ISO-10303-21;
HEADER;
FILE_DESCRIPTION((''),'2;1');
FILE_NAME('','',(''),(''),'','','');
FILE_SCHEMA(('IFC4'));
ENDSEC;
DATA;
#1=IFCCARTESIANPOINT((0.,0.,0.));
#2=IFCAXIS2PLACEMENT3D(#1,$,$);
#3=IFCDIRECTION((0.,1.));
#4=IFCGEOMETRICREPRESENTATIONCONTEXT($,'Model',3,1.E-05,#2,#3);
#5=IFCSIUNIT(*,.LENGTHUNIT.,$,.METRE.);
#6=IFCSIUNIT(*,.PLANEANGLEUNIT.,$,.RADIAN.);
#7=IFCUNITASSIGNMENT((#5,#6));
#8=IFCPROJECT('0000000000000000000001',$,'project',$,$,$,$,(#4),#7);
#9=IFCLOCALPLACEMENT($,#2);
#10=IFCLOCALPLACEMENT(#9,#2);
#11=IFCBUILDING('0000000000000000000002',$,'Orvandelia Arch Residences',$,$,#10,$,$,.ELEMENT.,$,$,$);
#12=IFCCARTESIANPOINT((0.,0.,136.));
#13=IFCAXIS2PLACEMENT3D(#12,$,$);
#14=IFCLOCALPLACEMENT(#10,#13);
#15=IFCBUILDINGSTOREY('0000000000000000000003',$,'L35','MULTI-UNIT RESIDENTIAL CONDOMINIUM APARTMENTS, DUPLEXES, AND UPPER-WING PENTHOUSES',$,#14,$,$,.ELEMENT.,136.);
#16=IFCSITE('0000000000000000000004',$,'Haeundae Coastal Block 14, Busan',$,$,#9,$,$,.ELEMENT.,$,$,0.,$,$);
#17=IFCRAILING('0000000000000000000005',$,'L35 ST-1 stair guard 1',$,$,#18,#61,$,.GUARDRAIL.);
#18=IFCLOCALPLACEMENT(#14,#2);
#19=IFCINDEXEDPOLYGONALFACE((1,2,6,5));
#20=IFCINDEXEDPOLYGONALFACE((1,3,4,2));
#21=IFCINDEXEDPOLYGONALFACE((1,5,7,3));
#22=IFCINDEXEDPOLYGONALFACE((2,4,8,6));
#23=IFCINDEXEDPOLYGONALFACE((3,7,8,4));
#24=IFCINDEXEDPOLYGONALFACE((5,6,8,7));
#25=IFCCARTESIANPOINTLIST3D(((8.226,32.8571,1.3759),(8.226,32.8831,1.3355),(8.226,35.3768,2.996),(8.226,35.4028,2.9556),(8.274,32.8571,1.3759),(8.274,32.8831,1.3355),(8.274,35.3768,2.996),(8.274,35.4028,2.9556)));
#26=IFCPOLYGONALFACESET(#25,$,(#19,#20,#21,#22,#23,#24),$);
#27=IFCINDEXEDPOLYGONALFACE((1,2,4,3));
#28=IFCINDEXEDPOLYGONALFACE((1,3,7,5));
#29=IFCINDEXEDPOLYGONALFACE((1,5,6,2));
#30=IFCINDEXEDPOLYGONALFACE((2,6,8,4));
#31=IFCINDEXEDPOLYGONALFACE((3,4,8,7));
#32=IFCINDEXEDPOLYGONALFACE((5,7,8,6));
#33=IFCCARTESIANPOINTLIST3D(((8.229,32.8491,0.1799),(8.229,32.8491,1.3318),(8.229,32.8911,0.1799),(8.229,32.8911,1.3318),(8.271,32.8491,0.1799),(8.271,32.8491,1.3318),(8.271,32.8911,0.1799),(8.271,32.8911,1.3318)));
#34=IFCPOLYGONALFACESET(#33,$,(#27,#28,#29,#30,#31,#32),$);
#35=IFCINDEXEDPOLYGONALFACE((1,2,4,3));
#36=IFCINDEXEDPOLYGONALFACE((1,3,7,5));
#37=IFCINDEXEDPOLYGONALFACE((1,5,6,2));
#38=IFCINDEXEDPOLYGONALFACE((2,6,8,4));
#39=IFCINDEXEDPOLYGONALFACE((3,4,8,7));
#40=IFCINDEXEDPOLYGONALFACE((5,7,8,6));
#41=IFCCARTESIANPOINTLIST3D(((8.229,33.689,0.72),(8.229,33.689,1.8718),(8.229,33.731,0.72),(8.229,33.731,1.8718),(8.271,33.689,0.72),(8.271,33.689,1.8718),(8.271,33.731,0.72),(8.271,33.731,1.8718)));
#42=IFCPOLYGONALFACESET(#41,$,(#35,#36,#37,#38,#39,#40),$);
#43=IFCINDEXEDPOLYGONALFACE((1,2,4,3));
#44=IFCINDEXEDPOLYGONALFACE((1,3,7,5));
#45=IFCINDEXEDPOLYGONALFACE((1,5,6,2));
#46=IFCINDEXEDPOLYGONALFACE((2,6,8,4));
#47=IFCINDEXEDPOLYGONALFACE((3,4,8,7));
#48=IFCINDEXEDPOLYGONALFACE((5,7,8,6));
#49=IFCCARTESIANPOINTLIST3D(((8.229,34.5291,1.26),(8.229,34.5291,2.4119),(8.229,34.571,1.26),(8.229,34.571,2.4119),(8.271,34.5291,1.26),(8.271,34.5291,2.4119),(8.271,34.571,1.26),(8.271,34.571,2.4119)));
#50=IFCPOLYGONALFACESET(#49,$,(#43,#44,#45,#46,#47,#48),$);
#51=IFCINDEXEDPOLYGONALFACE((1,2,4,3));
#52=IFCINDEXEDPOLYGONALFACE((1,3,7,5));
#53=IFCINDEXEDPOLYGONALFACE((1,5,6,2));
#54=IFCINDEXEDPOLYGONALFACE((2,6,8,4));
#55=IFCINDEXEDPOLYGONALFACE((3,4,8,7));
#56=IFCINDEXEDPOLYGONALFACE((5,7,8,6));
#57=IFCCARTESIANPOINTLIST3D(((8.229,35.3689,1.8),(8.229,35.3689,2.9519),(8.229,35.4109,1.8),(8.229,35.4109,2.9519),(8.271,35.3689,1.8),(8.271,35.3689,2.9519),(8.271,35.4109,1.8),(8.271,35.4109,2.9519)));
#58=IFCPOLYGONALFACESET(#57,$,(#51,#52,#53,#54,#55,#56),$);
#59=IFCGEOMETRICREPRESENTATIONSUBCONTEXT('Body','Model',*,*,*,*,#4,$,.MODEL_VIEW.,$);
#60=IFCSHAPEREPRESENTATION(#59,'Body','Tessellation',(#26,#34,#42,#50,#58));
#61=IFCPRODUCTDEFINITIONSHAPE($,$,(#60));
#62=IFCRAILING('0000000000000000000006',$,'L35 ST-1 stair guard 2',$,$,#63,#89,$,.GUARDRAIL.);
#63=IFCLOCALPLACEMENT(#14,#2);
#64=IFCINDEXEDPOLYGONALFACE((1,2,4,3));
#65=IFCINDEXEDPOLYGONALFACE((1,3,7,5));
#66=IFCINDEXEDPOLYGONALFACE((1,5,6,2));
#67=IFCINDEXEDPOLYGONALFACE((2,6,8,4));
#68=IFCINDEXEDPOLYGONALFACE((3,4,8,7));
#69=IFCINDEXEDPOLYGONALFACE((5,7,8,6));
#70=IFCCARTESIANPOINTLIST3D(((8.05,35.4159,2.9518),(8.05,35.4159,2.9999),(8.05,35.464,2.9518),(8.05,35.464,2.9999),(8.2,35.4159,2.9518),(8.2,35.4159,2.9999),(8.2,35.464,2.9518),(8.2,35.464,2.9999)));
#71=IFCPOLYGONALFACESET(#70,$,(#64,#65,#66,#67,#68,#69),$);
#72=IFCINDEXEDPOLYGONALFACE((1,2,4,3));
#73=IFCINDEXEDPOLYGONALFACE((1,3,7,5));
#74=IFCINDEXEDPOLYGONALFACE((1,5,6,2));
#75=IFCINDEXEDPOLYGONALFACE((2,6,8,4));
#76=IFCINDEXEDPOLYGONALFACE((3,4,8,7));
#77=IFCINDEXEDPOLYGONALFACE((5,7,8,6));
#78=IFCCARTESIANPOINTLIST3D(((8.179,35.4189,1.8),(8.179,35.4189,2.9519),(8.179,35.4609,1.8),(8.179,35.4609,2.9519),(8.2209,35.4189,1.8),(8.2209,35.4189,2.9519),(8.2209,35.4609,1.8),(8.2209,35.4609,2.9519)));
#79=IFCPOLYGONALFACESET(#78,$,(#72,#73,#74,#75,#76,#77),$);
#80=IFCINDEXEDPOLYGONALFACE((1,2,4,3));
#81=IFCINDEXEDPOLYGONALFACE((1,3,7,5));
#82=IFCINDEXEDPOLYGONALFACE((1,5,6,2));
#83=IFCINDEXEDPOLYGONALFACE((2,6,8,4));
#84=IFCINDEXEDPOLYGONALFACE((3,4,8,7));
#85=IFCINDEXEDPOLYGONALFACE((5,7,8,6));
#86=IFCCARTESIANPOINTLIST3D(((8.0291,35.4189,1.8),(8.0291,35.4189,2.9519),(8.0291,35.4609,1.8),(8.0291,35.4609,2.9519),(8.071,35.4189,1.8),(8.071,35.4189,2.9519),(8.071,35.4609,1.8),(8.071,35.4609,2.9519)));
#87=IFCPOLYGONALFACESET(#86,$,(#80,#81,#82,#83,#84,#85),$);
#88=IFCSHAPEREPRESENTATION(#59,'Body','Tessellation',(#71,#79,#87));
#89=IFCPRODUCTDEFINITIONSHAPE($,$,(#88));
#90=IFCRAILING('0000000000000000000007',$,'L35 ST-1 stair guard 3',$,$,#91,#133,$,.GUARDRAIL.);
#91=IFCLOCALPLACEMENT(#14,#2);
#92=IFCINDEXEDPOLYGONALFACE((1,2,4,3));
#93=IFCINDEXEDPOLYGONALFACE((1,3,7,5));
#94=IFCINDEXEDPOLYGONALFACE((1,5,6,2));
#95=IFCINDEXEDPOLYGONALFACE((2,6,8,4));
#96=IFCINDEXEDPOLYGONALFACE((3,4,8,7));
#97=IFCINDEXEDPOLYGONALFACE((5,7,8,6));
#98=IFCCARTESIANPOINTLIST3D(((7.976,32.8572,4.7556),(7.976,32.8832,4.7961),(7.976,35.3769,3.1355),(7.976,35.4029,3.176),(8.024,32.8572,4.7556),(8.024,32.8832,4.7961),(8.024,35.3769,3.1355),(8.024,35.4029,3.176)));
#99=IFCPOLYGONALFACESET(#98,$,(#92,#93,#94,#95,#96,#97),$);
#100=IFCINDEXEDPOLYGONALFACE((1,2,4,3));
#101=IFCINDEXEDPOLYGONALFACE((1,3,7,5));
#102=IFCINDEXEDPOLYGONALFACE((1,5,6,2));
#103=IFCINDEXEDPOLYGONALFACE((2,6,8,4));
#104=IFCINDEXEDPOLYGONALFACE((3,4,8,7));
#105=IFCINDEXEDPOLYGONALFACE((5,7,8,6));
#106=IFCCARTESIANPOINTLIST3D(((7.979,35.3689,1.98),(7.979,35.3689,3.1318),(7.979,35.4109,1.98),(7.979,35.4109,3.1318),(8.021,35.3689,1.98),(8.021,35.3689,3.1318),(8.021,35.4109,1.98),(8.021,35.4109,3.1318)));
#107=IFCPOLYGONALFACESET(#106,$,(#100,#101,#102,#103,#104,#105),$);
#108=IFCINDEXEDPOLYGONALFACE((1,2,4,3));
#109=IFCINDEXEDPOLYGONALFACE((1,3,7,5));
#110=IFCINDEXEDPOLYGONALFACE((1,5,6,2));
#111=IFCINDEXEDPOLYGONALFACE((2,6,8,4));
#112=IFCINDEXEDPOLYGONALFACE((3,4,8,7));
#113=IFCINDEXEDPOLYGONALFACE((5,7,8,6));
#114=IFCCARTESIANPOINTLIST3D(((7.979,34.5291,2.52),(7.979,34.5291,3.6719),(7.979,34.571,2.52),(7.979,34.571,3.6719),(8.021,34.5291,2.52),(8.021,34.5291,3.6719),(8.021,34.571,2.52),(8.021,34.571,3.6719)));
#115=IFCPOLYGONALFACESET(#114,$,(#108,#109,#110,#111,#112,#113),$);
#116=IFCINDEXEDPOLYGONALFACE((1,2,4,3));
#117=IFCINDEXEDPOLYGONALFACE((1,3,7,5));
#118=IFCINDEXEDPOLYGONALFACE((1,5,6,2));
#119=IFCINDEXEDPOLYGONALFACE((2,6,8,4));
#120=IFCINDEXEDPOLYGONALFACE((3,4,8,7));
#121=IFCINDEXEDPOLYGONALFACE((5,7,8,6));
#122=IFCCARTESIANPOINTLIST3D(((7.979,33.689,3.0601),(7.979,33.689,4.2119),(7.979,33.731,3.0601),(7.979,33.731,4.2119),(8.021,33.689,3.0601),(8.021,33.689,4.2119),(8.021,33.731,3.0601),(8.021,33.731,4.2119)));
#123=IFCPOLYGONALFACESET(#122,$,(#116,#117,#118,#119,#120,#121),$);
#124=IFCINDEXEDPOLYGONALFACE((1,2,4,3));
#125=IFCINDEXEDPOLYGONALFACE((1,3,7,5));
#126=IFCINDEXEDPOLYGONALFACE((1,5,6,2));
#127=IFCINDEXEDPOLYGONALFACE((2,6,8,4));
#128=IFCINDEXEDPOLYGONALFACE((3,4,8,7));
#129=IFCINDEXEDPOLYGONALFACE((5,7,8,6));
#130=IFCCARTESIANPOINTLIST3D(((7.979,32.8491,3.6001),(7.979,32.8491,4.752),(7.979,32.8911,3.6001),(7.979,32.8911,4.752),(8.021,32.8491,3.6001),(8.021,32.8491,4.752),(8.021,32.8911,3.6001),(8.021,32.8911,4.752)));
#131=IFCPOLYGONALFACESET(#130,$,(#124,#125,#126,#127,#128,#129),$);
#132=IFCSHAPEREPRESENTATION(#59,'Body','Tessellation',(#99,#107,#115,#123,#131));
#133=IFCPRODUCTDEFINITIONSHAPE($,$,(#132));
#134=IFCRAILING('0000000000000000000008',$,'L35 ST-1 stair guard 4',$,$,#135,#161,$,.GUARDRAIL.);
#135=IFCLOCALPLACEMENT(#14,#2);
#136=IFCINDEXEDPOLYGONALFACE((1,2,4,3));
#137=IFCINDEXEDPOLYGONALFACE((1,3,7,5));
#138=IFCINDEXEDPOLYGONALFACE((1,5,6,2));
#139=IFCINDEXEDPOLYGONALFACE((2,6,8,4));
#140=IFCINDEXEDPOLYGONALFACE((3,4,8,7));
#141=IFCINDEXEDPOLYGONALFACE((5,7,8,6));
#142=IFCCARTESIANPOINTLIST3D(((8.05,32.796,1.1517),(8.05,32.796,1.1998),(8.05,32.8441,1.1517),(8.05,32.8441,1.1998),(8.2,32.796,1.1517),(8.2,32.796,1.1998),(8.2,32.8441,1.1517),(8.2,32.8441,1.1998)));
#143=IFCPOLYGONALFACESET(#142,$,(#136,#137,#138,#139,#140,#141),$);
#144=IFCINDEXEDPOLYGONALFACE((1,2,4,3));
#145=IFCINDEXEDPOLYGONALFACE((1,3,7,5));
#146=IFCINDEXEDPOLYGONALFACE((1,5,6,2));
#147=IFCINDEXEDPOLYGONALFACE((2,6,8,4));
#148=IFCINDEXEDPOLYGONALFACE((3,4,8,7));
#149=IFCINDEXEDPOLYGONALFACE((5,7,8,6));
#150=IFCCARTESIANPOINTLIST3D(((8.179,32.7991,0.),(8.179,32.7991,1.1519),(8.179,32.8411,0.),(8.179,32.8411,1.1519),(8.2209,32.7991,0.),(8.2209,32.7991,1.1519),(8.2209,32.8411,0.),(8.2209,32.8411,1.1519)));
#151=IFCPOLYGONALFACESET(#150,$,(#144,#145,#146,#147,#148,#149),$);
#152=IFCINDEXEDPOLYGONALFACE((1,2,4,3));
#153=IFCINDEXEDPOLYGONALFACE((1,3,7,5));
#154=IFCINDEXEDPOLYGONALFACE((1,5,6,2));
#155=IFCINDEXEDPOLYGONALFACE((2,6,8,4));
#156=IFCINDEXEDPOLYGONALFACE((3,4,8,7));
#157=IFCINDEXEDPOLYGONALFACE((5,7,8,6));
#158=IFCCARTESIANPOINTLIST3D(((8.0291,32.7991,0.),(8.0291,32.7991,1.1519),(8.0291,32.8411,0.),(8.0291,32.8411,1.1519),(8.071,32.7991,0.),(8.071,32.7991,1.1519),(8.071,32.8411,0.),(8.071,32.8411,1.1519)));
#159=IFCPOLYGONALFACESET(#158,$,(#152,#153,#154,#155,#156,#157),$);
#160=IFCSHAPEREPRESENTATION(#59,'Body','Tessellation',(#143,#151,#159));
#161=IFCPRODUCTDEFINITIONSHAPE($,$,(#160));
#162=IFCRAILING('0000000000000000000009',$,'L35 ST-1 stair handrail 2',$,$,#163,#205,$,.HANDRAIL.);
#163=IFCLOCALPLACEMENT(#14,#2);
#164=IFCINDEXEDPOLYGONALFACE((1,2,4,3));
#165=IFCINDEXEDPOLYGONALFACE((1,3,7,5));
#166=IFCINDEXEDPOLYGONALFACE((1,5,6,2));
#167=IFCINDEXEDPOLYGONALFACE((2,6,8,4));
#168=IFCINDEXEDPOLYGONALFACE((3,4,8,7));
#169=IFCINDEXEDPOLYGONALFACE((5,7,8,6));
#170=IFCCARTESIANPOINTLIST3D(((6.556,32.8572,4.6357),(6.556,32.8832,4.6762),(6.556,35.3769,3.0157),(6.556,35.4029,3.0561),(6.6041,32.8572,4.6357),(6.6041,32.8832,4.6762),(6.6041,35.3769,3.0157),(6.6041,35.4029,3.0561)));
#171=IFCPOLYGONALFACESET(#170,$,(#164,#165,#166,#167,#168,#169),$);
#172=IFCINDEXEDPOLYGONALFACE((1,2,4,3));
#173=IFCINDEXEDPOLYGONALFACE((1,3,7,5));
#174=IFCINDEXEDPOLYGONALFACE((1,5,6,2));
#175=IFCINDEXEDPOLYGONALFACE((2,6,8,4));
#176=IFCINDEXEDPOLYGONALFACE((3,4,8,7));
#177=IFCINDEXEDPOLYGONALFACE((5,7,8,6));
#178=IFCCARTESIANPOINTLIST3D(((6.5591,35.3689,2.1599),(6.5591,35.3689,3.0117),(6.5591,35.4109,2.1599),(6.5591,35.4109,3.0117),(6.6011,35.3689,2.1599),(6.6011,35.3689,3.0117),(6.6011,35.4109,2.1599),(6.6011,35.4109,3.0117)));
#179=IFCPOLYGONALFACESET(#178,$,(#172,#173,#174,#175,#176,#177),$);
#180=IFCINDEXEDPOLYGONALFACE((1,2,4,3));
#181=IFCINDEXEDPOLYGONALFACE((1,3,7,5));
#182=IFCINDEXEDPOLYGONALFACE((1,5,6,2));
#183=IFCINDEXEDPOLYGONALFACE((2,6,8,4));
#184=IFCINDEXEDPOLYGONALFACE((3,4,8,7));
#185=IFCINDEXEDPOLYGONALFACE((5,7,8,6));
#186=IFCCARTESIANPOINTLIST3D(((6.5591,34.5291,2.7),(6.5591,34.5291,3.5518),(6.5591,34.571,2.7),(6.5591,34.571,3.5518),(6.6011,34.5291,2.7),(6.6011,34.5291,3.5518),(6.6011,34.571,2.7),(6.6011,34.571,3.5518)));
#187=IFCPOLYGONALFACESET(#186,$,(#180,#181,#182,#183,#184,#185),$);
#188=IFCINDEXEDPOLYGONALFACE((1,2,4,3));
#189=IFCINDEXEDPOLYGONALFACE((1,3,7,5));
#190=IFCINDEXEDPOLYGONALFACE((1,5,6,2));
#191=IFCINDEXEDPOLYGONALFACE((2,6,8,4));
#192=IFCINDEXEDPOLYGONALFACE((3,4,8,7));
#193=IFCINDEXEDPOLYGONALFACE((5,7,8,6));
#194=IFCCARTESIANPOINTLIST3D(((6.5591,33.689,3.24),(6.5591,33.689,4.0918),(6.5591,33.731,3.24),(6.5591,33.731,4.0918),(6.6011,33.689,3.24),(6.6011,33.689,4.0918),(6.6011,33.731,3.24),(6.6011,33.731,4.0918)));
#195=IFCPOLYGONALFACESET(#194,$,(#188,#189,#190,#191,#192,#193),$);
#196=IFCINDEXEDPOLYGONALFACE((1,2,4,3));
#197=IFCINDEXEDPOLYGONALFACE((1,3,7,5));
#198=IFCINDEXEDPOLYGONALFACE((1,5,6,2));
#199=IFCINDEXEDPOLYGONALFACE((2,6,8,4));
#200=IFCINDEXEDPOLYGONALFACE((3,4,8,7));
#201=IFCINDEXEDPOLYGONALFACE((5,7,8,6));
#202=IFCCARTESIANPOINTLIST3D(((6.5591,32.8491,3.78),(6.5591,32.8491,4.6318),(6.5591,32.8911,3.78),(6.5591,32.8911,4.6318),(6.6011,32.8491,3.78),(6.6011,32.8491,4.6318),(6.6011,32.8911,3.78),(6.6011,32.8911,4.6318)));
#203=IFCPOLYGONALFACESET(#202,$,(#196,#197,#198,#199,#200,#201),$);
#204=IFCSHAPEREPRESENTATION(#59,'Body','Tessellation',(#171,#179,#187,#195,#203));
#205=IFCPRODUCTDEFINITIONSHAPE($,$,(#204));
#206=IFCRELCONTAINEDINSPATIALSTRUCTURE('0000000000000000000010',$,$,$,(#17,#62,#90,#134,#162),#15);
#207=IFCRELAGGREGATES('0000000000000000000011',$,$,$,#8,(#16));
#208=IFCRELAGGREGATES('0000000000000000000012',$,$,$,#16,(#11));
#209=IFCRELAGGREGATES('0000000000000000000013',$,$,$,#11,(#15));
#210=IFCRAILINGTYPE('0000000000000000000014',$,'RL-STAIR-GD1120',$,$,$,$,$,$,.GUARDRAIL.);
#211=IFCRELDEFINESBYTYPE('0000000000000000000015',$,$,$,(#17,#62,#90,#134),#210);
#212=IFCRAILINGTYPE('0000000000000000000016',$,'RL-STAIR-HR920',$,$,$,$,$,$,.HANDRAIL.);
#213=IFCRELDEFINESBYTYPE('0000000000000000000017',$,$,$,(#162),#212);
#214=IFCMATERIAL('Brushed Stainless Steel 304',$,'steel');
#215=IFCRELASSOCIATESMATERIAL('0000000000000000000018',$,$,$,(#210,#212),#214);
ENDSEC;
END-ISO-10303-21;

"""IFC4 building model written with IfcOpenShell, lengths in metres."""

from ifc_helpers import new_model, si_unit, direction, frame, origin, origin_2d, place, context, subcontext, project, spatial, rectangle, extrude, material, type_object, element, save


model = new_model("IFC4")

# Units and contexts
model_context = context("Model", 3, precision=1e-05, world=origin(), true_north=direction((0.0, 1.0)))
body_context = subcontext(model_context, "Body", "Model", "MODEL_VIEW")
ifc_project = project(units=[si_unit("LENGTHUNIT", "METRE"), si_unit("PLANEANGLEUNIT", "RADIAN")], contexts=[model_context])

# Site, building, storey
site_placement = place(None, origin())
site = spatial("IfcSite", under=ifc_project, at=site_placement, Name="Haeundae Coastal Block 14, Busan", CompositionType="ELEMENT", RefElevation=0.0)
building_placement = place(site_placement, origin())
building = spatial("IfcBuilding", under=site, at=building_placement, Name="Orvandelia Arch Residences", CompositionType="ELEMENT")
storey_placement = place(building_placement, frame((0.0, 0.0, 136.0)))
storey = spatial("IfcBuildingStorey", under=building, at=storey_placement, Name="L35", Description="MULTI-UNIT RESIDENTIAL CONDOMINIUM APARTMENTS, DUPLEXES, AND UPPER-WING PENTHOUSES", CompositionType="ELEMENT", Elevation=136.0)

# Railings
ifc_material_1 = material(Name="Brushed Stainless Steel 304", Category="steel")
railing_type_1 = type_object("IfcRailingType", Name="RL-STAIR-GD1120", PredefinedType="GUARDRAIL", material=ifc_material_1)
railing_1_placement = place(storey_placement, frame((8.25, 32.8701, 0.1799)))
element("IfcRailing", 1, at=railing_1_placement, inside=storey, type_object=railing_type_1, Name="L35 ST-1 stair guard 1", PredefinedType="GUARDRAIL", context=body_context, shape_type="SweptSolid", body=[
    extrude(rectangle(XDim=0.0481, YDim=0.0481, at=origin_2d()), frame((0.0, 0.0, 1.1758), z_axis=(0.0, 0.841139, 0.540819), x_axis=(-1.0, 0.0, 0.0)), (0.0, 0.0, 1.0), 2.9956),
    extrude(rectangle(XDim=0.042, YDim=0.042, at=origin_2d()), origin(), (0.0, 0.0, 1.0), 1.1519),
    extrude(rectangle(XDim=0.042, YDim=0.042, at=origin_2d()), frame((0.0, 0.8398, 0.54)), (0.0, 0.0, 1.0), 1.1519),
    extrude(rectangle(XDim=0.042, YDim=0.042, at=origin_2d()), frame((0.0, 1.6799, 1.0801)), (0.0, 0.0, 1.0), 1.1519),
    extrude(rectangle(XDim=0.042, YDim=0.042, at=origin_2d()), frame((0.0, 2.5198, 1.6201)), (0.0, 0.0, 1.0), 1.1519),
])
railing_2_placement = place(storey_placement, frame((8.2, 35.4399, 1.8)))
element("IfcRailing", 2, at=railing_2_placement, inside=storey, type_object=railing_type_1, Name="L35 ST-1 stair guard 2", PredefinedType="GUARDRAIL", context=body_context, shape_type="SweptSolid", body=[
    extrude(rectangle(XDim=0.0481, YDim=0.0481, at=origin_2d()), frame((0.0, 0.0, 1.1758), z_axis=(-1.0, 0.0, 0.0), x_axis=(0.0, -1.0, 0.0)), (0.0, 0.0, 1.0), 0.1499),
    extrude(rectangle(XDim=0.042, YDim=0.042, at=origin_2d()), origin(), (0.0, 0.0, 1.0), 1.1519),
    extrude(rectangle(XDim=0.042, YDim=0.042, at=origin_2d()), frame((-0.1499, 0.0, 0.0)), (0.0, 0.0, 1.0), 1.1519),
])
railing_3_placement = place(storey_placement, frame((8.0, 35.3899, 1.98)))
element("IfcRailing", 3, at=railing_3_placement, inside=storey, type_object=railing_type_1, Name="L35 ST-1 stair guard 3", PredefinedType="GUARDRAIL", context=body_context, shape_type="SweptSolid", body=[
    extrude(rectangle(XDim=0.0481, YDim=0.0481, at=origin_2d()), frame((0.0, 0.0, 1.1758), z_axis=(0.0, -0.841139, 0.540819), x_axis=(1.0, 0.0, 0.0)), (0.0, 0.0, 1.0), 2.9956),
    extrude(rectangle(XDim=0.042, YDim=0.042, at=origin_2d()), origin(), (0.0, 0.0, 1.0), 1.1519),
    extrude(rectangle(XDim=0.042, YDim=0.042, at=origin_2d()), frame((0.0, -0.8398, 0.54)), (0.0, 0.0, 1.0), 1.1519),
    extrude(rectangle(XDim=0.042, YDim=0.042, at=origin_2d()), frame((0.0, -1.6799, 1.0801)), (0.0, 0.0, 1.0), 1.1519),
    extrude(rectangle(XDim=0.042, YDim=0.042, at=origin_2d()), frame((0.0, -2.5198, 1.6201)), (0.0, 0.0, 1.0), 1.1519),
])
railing_4_placement = place(storey_placement, frame((8.2, 32.8201, 0.0)))
element("IfcRailing", 4, at=railing_4_placement, inside=storey, type_object=railing_type_1, Name="L35 ST-1 stair guard 4", PredefinedType="GUARDRAIL", context=body_context, shape_type="SweptSolid", body=[
    extrude(rectangle(XDim=0.0481, YDim=0.0481, at=origin_2d()), frame((0.0, 0.0, 1.1758), z_axis=(-1.0, 0.0, 0.0), x_axis=(0.0, -1.0, 0.0)), (0.0, 0.0, 1.0), 0.1499),
    extrude(rectangle(XDim=0.042, YDim=0.042, at=origin_2d()), origin(), (0.0, 0.0, 1.0), 1.1519),
    extrude(rectangle(XDim=0.042, YDim=0.042, at=origin_2d()), frame((-0.1499, 0.0, 0.0)), (0.0, 0.0, 1.0), 1.1519),
])
railing_type_2 = type_object("IfcRailingType", Name="RL-STAIR-HR920", PredefinedType="HANDRAIL", material=ifc_material_1)
railing_5_placement = place(storey_placement, frame((6.5801, 35.3899, 2.1599)))
element("IfcRailing", 5, at=railing_5_placement, inside=storey, type_object=railing_type_2, Name="L35 ST-1 stair handrail 2", PredefinedType="HANDRAIL", context=body_context, shape_type="SweptSolid", body=[
    extrude(rectangle(XDim=0.0481, YDim=0.0481, at=origin_2d()), frame((0.0, 0.0, 0.876), z_axis=(0.0, -0.841139, 0.540819), x_axis=(1.0, 0.0, 0.0)), (0.0, 0.0, 1.0), 2.9956),
    extrude(rectangle(XDim=0.042, YDim=0.042, at=origin_2d()), origin(), (0.0, 0.0, 1.0), 0.8518),
    extrude(rectangle(XDim=0.042, YDim=0.042, at=origin_2d()), frame((0.0, -0.8398, 0.54)), (0.0, 0.0, 1.0), 0.8518),
    extrude(rectangle(XDim=0.042, YDim=0.042, at=origin_2d()), frame((0.0, -1.6799, 1.0801)), (0.0, 0.0, 1.0), 0.8518),
    extrude(rectangle(XDim=0.042, YDim=0.042, at=origin_2d()), frame((0.0, -2.5198, 1.6201)), (0.0, 0.0, 1.0), 0.8518),
])

save(model, "model.ifc")
